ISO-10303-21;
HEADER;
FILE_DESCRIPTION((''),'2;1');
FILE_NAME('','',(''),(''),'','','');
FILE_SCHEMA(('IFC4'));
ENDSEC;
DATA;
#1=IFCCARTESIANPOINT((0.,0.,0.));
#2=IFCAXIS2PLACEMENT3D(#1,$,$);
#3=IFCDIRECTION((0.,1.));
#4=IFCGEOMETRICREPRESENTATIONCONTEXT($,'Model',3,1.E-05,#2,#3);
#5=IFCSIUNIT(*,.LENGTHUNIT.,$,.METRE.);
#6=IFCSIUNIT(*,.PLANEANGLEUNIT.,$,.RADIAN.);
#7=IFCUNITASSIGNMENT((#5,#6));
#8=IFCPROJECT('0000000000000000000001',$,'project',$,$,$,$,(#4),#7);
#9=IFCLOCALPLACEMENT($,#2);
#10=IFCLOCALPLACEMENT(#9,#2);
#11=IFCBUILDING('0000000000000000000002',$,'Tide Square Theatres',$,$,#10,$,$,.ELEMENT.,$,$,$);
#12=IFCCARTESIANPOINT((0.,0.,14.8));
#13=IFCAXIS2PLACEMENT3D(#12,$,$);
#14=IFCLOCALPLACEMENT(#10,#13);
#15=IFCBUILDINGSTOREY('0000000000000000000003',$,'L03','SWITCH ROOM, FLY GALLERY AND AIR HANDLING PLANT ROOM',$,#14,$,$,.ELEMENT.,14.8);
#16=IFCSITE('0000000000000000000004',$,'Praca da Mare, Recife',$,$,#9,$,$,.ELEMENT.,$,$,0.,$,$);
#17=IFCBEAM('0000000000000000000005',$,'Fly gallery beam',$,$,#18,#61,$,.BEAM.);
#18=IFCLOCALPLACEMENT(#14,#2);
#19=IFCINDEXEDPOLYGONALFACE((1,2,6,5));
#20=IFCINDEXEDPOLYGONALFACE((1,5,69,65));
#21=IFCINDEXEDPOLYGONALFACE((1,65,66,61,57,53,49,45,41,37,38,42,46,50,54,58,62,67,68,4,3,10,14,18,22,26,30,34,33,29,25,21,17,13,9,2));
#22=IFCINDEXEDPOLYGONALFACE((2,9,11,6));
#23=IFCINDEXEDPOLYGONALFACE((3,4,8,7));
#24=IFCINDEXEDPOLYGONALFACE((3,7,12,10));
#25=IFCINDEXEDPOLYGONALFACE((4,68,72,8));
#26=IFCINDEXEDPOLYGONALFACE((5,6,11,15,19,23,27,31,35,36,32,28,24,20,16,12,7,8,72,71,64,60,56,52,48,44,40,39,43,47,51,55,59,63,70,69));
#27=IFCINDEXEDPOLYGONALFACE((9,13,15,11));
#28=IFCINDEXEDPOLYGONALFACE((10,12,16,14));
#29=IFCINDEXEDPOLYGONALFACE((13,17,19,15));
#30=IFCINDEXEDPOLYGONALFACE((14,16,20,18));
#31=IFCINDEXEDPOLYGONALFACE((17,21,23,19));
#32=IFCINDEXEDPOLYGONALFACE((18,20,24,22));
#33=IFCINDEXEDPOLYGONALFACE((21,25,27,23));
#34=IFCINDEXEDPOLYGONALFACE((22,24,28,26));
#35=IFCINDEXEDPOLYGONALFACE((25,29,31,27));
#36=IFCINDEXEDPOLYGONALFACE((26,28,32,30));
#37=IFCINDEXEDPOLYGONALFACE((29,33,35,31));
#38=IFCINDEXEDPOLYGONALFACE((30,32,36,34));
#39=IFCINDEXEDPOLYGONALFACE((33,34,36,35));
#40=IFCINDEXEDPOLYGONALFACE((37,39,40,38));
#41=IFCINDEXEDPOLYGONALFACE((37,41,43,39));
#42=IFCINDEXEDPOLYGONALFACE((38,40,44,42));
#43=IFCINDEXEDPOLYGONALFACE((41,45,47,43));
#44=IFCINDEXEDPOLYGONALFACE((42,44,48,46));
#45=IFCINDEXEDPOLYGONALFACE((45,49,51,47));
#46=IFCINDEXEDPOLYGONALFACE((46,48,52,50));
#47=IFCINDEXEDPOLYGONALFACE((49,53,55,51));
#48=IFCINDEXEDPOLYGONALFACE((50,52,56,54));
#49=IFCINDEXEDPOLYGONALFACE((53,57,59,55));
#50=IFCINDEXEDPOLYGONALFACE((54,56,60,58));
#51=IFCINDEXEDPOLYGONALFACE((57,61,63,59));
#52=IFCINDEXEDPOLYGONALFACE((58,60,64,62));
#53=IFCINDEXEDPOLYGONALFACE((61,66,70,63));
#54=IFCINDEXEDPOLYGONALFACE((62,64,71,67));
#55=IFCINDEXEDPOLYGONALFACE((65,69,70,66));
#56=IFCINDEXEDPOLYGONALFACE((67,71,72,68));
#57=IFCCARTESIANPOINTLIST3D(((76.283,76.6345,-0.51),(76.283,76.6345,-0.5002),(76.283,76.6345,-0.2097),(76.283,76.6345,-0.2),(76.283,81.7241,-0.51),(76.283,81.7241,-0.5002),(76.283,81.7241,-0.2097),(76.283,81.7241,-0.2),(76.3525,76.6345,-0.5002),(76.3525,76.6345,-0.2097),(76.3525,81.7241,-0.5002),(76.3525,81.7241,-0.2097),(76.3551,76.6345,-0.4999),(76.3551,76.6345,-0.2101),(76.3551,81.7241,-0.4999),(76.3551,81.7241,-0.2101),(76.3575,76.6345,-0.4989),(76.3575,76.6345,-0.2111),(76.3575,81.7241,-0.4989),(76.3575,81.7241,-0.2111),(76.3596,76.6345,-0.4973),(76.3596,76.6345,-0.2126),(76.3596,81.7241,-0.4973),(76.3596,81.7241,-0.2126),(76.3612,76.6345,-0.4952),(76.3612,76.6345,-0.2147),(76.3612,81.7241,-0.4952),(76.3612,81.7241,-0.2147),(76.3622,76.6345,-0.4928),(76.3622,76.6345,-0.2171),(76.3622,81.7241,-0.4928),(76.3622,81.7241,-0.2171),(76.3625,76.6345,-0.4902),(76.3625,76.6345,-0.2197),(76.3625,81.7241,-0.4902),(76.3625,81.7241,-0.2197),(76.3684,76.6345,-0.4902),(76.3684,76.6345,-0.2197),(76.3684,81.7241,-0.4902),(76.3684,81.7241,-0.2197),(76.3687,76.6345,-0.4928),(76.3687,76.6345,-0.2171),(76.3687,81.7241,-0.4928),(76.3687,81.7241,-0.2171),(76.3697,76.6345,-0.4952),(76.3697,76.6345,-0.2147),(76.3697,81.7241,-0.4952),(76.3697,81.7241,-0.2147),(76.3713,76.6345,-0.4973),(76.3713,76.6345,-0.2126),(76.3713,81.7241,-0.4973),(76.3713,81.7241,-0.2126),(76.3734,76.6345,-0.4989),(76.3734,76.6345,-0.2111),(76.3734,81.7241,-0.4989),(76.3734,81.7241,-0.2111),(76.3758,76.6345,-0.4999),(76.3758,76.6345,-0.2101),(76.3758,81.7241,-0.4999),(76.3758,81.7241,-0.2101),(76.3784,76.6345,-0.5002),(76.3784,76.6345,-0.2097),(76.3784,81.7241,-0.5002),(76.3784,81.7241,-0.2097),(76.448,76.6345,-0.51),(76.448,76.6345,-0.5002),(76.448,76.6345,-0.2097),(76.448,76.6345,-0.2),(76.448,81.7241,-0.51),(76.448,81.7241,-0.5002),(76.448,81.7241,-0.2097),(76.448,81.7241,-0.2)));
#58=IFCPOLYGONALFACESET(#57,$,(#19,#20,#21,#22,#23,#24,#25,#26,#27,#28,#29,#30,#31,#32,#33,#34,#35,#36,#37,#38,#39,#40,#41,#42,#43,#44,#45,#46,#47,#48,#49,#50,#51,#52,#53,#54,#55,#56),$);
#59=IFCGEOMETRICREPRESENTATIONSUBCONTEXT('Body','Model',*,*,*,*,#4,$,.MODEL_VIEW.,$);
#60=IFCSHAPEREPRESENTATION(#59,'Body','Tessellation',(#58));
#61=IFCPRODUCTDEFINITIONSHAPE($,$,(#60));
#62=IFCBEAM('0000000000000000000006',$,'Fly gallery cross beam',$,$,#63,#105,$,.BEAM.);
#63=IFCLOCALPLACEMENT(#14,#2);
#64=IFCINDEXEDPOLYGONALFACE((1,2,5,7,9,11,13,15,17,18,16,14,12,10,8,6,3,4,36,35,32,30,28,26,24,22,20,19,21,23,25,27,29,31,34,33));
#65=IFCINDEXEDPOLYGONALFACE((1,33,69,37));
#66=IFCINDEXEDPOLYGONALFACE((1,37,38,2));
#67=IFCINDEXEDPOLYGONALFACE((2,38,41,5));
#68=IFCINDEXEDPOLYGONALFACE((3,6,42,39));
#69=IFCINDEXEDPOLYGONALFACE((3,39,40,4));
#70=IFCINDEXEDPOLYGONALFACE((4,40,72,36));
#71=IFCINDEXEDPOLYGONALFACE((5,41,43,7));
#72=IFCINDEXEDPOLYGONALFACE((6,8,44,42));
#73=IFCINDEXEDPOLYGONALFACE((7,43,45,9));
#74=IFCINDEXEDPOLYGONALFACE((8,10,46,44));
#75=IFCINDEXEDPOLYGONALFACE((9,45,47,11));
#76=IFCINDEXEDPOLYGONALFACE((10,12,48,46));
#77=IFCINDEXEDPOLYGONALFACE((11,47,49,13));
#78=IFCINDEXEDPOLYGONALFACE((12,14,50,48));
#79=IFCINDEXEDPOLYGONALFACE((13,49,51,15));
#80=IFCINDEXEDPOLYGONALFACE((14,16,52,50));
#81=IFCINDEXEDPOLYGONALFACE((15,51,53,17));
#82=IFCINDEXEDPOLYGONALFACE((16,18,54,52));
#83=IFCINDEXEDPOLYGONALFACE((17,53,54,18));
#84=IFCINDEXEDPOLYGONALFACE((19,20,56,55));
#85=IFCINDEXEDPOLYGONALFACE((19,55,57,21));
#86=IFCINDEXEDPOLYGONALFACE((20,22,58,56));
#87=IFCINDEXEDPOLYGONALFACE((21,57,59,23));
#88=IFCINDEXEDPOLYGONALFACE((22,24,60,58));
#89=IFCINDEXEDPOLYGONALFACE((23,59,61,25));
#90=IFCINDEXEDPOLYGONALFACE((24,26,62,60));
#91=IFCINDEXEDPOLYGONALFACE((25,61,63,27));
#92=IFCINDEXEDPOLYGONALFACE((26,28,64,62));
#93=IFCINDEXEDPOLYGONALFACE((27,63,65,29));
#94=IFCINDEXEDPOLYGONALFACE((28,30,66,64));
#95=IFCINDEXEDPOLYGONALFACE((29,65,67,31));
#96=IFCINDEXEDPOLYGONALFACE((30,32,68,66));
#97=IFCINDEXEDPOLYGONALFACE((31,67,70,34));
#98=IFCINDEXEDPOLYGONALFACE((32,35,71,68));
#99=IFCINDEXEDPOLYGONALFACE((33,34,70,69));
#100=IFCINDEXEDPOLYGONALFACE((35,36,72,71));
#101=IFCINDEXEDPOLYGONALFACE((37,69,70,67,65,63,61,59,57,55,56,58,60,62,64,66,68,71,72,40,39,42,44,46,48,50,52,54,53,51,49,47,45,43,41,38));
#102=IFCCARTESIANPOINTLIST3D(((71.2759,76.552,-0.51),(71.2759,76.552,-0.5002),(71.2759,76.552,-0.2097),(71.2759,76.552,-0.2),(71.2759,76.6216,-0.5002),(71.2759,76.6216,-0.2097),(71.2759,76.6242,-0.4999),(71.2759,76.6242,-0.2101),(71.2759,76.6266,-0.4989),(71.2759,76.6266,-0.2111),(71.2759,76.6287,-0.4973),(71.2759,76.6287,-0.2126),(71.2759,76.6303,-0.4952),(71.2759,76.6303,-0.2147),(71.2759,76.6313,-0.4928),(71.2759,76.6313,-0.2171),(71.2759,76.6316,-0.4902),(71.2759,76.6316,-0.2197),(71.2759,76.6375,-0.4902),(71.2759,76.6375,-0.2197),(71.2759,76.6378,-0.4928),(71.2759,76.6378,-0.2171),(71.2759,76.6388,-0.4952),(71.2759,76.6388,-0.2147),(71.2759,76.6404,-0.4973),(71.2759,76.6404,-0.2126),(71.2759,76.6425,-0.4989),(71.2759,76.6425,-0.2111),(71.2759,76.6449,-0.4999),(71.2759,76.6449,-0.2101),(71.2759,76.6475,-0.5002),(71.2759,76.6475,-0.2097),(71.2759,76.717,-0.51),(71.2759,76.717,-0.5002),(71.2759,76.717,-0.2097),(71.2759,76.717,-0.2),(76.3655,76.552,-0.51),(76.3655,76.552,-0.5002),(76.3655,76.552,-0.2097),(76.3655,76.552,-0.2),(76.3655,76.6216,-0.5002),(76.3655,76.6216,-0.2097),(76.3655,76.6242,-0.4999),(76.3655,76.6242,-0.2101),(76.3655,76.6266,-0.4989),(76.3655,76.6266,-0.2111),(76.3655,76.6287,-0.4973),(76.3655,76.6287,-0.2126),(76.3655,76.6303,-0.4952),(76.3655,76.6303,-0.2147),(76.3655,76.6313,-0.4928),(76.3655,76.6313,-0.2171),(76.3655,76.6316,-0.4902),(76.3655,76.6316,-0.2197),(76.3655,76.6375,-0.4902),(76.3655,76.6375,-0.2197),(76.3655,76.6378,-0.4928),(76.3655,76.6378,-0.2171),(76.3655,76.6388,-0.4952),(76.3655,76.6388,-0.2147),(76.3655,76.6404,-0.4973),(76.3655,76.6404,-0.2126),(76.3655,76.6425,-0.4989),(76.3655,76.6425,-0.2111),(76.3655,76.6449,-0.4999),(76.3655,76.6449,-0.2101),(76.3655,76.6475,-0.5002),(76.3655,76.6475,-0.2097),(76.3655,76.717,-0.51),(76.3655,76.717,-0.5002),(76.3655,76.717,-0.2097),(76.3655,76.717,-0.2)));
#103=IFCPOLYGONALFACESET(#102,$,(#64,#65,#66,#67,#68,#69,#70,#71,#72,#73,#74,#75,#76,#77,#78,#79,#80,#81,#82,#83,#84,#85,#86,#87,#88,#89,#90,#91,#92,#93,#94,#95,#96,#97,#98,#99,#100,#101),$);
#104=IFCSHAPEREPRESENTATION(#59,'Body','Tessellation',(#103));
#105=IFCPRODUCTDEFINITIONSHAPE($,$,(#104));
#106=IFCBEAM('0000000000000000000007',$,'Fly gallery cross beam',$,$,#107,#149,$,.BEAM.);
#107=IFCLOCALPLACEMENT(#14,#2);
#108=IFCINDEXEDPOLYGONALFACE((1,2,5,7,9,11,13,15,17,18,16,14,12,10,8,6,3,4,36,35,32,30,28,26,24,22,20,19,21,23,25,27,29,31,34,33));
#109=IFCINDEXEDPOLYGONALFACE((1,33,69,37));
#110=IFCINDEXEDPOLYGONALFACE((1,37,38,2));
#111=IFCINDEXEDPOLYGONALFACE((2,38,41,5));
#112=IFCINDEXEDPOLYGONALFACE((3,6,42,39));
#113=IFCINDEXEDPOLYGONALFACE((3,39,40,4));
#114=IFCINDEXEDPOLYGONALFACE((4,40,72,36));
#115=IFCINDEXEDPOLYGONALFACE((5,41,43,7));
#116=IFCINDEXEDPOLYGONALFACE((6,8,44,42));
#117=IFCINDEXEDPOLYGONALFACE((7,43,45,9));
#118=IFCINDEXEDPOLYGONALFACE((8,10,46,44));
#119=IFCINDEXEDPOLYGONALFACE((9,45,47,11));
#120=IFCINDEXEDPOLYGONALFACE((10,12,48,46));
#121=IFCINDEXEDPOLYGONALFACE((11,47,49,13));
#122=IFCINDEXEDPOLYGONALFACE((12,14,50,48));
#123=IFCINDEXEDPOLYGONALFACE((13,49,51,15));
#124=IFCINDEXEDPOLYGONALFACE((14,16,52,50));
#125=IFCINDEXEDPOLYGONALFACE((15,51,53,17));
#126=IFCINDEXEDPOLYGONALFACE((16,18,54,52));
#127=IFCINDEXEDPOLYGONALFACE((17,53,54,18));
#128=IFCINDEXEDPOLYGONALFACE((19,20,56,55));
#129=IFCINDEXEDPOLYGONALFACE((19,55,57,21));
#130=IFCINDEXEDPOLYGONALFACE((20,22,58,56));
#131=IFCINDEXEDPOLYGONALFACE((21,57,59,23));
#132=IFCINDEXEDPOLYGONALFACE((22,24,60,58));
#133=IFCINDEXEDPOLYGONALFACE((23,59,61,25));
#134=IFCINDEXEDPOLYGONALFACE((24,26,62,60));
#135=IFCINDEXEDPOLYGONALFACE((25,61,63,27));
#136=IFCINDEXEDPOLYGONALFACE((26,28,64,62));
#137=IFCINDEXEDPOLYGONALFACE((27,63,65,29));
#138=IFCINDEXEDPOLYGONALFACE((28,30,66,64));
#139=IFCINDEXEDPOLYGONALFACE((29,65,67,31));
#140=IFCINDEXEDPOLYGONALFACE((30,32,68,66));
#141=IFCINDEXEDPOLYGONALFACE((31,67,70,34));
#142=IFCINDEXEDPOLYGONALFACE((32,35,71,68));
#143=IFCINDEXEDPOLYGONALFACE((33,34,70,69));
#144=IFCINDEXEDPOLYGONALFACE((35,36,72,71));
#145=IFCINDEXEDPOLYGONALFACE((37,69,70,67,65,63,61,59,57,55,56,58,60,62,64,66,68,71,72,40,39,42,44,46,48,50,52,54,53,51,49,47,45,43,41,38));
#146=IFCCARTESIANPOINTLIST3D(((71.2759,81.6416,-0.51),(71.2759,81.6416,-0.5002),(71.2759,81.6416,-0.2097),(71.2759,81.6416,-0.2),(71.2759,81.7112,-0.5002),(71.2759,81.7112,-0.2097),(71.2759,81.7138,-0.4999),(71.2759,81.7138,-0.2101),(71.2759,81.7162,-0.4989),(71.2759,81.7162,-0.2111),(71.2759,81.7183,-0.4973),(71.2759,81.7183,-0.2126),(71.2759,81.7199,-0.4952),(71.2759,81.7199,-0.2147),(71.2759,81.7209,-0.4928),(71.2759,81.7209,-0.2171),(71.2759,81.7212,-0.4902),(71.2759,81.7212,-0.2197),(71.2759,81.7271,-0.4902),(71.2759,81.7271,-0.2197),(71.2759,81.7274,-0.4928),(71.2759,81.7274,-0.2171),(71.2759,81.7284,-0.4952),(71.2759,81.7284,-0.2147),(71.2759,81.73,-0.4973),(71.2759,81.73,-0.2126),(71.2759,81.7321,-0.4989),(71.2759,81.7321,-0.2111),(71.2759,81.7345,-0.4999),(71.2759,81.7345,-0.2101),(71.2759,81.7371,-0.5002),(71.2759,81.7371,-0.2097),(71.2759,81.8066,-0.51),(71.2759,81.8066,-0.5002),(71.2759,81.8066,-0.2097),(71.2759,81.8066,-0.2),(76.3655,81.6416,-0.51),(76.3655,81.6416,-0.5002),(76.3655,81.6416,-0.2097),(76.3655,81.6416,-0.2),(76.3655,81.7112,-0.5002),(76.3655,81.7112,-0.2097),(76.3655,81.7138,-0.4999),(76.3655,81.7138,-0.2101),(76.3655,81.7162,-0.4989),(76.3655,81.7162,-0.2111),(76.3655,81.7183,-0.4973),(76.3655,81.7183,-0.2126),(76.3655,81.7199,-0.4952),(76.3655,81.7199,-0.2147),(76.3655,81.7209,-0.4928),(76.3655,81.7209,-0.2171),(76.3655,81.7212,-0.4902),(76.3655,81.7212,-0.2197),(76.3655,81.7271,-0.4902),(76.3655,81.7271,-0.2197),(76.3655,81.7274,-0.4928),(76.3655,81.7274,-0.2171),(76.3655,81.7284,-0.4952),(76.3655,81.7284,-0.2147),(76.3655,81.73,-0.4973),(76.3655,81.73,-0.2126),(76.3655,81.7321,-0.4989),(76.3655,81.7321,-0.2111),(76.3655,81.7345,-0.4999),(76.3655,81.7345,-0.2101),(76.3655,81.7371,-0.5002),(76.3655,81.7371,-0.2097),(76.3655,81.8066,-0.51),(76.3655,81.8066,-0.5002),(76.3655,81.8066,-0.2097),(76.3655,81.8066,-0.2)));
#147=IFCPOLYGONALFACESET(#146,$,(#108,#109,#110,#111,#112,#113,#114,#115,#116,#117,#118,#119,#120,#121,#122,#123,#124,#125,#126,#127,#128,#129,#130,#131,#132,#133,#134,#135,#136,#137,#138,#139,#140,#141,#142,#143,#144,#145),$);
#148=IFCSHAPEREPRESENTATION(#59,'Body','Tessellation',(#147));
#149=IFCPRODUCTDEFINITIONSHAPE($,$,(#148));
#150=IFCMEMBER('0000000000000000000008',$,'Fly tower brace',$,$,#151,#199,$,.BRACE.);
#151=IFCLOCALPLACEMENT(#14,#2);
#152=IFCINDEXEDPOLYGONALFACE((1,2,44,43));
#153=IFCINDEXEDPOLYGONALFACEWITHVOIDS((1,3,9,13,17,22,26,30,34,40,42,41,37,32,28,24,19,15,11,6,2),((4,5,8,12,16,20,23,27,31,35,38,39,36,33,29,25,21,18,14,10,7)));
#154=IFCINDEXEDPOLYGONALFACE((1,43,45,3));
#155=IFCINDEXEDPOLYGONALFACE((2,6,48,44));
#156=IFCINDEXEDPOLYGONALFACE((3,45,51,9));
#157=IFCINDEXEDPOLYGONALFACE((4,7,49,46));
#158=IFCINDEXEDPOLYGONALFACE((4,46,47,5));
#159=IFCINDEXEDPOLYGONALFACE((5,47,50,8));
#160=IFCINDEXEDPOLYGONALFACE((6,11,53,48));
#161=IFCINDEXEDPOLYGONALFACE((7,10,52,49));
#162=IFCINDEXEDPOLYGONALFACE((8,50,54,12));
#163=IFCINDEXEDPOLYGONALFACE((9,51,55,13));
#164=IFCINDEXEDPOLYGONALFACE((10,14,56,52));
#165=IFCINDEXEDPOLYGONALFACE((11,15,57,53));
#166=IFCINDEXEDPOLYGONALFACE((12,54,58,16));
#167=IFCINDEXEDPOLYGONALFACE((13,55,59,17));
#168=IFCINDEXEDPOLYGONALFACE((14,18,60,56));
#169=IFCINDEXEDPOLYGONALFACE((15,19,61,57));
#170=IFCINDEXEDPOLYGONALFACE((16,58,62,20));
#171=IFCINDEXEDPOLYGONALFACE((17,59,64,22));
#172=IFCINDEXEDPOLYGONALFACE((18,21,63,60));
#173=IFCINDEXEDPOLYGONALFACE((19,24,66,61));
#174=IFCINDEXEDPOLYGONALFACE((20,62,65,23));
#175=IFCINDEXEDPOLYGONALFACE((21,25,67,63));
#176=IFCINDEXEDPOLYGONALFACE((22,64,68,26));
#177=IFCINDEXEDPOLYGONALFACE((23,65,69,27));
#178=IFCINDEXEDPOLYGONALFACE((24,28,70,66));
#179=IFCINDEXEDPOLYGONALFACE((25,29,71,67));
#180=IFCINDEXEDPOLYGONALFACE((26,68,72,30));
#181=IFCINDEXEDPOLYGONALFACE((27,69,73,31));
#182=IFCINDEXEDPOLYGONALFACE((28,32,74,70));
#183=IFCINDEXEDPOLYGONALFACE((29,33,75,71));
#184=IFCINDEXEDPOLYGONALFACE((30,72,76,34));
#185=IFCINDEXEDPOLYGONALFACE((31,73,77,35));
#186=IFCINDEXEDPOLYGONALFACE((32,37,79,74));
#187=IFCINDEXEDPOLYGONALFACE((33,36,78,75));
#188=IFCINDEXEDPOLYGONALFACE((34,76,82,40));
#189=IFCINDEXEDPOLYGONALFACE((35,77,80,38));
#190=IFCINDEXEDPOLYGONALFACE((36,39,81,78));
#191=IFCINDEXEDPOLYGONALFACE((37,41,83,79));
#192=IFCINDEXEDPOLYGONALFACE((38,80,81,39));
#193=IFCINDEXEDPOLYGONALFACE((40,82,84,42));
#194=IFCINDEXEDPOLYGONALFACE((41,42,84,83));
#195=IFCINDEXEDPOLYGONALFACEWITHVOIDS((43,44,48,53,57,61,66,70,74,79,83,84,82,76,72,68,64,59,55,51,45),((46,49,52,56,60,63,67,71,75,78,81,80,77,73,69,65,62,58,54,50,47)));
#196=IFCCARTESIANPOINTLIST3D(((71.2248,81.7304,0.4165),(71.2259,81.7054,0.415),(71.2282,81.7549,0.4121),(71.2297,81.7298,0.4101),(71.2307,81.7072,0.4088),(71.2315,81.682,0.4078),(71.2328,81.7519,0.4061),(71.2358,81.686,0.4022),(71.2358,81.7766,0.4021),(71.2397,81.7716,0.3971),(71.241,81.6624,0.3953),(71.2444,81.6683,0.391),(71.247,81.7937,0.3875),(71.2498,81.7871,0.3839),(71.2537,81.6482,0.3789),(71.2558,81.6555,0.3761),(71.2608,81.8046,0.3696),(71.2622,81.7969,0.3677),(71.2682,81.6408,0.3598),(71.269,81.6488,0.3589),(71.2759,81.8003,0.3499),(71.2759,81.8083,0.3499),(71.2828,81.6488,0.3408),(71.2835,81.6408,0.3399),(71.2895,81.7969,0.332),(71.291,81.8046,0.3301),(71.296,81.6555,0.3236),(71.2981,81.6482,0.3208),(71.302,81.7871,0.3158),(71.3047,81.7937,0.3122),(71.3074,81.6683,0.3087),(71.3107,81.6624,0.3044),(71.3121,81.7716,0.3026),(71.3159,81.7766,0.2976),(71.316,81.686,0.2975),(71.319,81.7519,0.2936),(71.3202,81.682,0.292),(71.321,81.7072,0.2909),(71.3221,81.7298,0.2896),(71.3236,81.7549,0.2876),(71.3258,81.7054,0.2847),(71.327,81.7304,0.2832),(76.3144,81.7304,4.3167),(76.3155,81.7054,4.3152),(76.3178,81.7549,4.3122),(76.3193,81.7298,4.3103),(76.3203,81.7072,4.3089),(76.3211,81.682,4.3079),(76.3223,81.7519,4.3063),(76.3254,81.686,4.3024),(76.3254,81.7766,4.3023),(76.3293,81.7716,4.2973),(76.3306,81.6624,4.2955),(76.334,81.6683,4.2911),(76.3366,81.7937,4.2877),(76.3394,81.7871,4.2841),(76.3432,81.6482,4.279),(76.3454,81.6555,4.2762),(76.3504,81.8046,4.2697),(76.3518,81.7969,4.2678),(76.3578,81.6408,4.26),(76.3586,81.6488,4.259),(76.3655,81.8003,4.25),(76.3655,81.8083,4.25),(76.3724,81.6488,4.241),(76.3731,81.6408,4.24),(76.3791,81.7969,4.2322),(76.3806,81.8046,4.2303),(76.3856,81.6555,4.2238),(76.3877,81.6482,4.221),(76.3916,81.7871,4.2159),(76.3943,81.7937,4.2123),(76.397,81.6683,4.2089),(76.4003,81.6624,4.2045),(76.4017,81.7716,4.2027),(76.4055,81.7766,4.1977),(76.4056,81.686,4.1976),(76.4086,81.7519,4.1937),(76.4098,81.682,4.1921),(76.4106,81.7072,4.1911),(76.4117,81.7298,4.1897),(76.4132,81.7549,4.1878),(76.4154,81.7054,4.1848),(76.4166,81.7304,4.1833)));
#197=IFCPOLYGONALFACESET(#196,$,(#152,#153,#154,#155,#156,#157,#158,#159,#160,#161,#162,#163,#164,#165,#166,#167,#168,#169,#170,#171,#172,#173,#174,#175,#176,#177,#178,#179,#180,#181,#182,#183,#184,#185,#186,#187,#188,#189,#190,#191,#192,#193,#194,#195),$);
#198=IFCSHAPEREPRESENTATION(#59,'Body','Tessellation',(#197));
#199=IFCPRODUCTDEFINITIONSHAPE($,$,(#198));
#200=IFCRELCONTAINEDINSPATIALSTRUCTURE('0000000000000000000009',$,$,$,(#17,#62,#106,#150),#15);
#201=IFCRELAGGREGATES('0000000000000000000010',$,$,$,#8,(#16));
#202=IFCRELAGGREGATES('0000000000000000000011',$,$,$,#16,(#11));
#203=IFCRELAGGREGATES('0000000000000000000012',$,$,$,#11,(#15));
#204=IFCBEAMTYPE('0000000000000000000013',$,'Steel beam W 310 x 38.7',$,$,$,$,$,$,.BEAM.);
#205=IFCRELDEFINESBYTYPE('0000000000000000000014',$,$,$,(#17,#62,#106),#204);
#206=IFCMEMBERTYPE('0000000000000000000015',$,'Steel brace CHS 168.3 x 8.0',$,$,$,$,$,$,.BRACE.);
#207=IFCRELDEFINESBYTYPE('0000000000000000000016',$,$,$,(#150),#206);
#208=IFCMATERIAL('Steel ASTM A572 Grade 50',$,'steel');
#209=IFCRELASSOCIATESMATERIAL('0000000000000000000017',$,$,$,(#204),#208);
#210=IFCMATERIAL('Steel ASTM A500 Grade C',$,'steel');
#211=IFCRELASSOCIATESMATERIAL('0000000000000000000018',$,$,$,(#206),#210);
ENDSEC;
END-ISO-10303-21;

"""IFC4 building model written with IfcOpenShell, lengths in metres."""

from ifc_helpers import new_model, si_unit, direction, frame, origin, origin_2d, place, context, subcontext, project, spatial, hollow_circle, i_section, extrude, material, material_profile, profile_set, type_object, element, save


model = new_model("IFC4")

# Units and contexts
model_context = context("Model", 3, precision=1e-05, world=origin(), true_north=direction((0.0, 1.0)))
body_context = subcontext(model_context, "Body", "Model", "MODEL_VIEW")
ifc_project = project(units=[si_unit("LENGTHUNIT", "METRE"), si_unit("PLANEANGLEUNIT", "RADIAN")], contexts=[model_context])

# Site, building, storey
site_placement = place(None, origin())
site = spatial("IfcSite", under=ifc_project, at=site_placement, Name="Praca da Mare, Recife", CompositionType="ELEMENT", RefElevation=0.0)
building_placement = place(site_placement, origin())
building = spatial("IfcBuilding", under=site, at=building_placement, Name="Tide Square Theatres", CompositionType="ELEMENT")
storey_placement = place(building_placement, frame((0.0, 0.0, 14.8)))
storey = spatial("IfcBuildingStorey", under=building, at=storey_placement, Name="L03", Description="SWITCH ROOM, FLY GALLERY AND AIR HANDLING PLANT ROOM", CompositionType="ELEMENT", Elevation=14.8)

# Beams
ifc_material_1 = material(Name="Steel ASTM A572 Grade 50", Category="steel")
ifc_material_profile_1 = material_profile(ifc_material_1, i_section(OverallWidth=0.165, OverallDepth=0.3101, WebThickness=0.0059, FlangeThickness=0.0098, FilletRadius=0.01, at=origin_2d()))
ifc_profile_set_1 = profile_set([ifc_material_profile_1], Name="Steel ASTM A572 Grade 50")
beam_type = type_object("IfcBeamType", Name="Steel beam W 310 x 38.7", PredefinedType="BEAM", material=ifc_profile_set_1)
for number, where, z_axis, x_axis, name in (
    (1, (76.3655, 76.6345, -0.355), (0.0, 1.0, 0.0), (-1.0, 0.0, 0.0), "Fly gallery beam"),
    (2, (71.2759, 76.6345, -0.355), (1.0, 0.0, 0.0), (0.0, 1.0, 0.0), "Fly gallery cross beam"),
    (3, (71.2759, 81.7241, -0.355), (1.0, 0.0, 0.0), (0.0, 1.0, 0.0), "Fly gallery cross beam"),
):
    element("IfcBeam", number, at=place(storey_placement, frame(where, z_axis=z_axis, x_axis=x_axis)), inside=storey, type_object=beam_type, Name=name, PredefinedType="BEAM", context=body_context, shape_type="SweptSolid", body=[
        extrude(i_section(OverallWidth=0.165, OverallDepth=0.3101, WebThickness=0.0059, FlangeThickness=0.0098, FilletRadius=0.01, at=origin_2d()), origin(), (0.0, 0.0, 1.0), 5.0896),
    ])

# Member
ifc_material_2 = material(Name="Steel ASTM A500 Grade C", Category="steel")
ifc_material_profile_2 = material_profile(ifc_material_2, hollow_circle(Radius=0.0842, WallThickness=0.0081, at=origin_2d()))
ifc_profile_set_2 = profile_set([ifc_material_profile_2], Name="Steel ASTM A500 Grade C")
member_type = type_object("IfcMemberType", Name="Steel brace CHS 168.3 x 8.0", PredefinedType="BRACE", material=ifc_profile_set_2)
member_1_placement = place(storey_placement, frame((71.2759, 81.7241, 0.3499), z_axis=(0.793748, 0.0, 0.608247), x_axis=(0.0, 1.0, 0.0)))
element("IfcMember", 4, at=member_1_placement, inside=storey, type_object=member_type, Name="Fly tower brace", PredefinedType="BRACE", context=body_context, shape_type="SweptSolid", body=[
    extrude(hollow_circle(Radius=0.0842, WallThickness=0.0081, at=origin_2d()), origin(), (0.0, 0.0, 1.0), 6.4121),
])

save(model, "model.ifc")
